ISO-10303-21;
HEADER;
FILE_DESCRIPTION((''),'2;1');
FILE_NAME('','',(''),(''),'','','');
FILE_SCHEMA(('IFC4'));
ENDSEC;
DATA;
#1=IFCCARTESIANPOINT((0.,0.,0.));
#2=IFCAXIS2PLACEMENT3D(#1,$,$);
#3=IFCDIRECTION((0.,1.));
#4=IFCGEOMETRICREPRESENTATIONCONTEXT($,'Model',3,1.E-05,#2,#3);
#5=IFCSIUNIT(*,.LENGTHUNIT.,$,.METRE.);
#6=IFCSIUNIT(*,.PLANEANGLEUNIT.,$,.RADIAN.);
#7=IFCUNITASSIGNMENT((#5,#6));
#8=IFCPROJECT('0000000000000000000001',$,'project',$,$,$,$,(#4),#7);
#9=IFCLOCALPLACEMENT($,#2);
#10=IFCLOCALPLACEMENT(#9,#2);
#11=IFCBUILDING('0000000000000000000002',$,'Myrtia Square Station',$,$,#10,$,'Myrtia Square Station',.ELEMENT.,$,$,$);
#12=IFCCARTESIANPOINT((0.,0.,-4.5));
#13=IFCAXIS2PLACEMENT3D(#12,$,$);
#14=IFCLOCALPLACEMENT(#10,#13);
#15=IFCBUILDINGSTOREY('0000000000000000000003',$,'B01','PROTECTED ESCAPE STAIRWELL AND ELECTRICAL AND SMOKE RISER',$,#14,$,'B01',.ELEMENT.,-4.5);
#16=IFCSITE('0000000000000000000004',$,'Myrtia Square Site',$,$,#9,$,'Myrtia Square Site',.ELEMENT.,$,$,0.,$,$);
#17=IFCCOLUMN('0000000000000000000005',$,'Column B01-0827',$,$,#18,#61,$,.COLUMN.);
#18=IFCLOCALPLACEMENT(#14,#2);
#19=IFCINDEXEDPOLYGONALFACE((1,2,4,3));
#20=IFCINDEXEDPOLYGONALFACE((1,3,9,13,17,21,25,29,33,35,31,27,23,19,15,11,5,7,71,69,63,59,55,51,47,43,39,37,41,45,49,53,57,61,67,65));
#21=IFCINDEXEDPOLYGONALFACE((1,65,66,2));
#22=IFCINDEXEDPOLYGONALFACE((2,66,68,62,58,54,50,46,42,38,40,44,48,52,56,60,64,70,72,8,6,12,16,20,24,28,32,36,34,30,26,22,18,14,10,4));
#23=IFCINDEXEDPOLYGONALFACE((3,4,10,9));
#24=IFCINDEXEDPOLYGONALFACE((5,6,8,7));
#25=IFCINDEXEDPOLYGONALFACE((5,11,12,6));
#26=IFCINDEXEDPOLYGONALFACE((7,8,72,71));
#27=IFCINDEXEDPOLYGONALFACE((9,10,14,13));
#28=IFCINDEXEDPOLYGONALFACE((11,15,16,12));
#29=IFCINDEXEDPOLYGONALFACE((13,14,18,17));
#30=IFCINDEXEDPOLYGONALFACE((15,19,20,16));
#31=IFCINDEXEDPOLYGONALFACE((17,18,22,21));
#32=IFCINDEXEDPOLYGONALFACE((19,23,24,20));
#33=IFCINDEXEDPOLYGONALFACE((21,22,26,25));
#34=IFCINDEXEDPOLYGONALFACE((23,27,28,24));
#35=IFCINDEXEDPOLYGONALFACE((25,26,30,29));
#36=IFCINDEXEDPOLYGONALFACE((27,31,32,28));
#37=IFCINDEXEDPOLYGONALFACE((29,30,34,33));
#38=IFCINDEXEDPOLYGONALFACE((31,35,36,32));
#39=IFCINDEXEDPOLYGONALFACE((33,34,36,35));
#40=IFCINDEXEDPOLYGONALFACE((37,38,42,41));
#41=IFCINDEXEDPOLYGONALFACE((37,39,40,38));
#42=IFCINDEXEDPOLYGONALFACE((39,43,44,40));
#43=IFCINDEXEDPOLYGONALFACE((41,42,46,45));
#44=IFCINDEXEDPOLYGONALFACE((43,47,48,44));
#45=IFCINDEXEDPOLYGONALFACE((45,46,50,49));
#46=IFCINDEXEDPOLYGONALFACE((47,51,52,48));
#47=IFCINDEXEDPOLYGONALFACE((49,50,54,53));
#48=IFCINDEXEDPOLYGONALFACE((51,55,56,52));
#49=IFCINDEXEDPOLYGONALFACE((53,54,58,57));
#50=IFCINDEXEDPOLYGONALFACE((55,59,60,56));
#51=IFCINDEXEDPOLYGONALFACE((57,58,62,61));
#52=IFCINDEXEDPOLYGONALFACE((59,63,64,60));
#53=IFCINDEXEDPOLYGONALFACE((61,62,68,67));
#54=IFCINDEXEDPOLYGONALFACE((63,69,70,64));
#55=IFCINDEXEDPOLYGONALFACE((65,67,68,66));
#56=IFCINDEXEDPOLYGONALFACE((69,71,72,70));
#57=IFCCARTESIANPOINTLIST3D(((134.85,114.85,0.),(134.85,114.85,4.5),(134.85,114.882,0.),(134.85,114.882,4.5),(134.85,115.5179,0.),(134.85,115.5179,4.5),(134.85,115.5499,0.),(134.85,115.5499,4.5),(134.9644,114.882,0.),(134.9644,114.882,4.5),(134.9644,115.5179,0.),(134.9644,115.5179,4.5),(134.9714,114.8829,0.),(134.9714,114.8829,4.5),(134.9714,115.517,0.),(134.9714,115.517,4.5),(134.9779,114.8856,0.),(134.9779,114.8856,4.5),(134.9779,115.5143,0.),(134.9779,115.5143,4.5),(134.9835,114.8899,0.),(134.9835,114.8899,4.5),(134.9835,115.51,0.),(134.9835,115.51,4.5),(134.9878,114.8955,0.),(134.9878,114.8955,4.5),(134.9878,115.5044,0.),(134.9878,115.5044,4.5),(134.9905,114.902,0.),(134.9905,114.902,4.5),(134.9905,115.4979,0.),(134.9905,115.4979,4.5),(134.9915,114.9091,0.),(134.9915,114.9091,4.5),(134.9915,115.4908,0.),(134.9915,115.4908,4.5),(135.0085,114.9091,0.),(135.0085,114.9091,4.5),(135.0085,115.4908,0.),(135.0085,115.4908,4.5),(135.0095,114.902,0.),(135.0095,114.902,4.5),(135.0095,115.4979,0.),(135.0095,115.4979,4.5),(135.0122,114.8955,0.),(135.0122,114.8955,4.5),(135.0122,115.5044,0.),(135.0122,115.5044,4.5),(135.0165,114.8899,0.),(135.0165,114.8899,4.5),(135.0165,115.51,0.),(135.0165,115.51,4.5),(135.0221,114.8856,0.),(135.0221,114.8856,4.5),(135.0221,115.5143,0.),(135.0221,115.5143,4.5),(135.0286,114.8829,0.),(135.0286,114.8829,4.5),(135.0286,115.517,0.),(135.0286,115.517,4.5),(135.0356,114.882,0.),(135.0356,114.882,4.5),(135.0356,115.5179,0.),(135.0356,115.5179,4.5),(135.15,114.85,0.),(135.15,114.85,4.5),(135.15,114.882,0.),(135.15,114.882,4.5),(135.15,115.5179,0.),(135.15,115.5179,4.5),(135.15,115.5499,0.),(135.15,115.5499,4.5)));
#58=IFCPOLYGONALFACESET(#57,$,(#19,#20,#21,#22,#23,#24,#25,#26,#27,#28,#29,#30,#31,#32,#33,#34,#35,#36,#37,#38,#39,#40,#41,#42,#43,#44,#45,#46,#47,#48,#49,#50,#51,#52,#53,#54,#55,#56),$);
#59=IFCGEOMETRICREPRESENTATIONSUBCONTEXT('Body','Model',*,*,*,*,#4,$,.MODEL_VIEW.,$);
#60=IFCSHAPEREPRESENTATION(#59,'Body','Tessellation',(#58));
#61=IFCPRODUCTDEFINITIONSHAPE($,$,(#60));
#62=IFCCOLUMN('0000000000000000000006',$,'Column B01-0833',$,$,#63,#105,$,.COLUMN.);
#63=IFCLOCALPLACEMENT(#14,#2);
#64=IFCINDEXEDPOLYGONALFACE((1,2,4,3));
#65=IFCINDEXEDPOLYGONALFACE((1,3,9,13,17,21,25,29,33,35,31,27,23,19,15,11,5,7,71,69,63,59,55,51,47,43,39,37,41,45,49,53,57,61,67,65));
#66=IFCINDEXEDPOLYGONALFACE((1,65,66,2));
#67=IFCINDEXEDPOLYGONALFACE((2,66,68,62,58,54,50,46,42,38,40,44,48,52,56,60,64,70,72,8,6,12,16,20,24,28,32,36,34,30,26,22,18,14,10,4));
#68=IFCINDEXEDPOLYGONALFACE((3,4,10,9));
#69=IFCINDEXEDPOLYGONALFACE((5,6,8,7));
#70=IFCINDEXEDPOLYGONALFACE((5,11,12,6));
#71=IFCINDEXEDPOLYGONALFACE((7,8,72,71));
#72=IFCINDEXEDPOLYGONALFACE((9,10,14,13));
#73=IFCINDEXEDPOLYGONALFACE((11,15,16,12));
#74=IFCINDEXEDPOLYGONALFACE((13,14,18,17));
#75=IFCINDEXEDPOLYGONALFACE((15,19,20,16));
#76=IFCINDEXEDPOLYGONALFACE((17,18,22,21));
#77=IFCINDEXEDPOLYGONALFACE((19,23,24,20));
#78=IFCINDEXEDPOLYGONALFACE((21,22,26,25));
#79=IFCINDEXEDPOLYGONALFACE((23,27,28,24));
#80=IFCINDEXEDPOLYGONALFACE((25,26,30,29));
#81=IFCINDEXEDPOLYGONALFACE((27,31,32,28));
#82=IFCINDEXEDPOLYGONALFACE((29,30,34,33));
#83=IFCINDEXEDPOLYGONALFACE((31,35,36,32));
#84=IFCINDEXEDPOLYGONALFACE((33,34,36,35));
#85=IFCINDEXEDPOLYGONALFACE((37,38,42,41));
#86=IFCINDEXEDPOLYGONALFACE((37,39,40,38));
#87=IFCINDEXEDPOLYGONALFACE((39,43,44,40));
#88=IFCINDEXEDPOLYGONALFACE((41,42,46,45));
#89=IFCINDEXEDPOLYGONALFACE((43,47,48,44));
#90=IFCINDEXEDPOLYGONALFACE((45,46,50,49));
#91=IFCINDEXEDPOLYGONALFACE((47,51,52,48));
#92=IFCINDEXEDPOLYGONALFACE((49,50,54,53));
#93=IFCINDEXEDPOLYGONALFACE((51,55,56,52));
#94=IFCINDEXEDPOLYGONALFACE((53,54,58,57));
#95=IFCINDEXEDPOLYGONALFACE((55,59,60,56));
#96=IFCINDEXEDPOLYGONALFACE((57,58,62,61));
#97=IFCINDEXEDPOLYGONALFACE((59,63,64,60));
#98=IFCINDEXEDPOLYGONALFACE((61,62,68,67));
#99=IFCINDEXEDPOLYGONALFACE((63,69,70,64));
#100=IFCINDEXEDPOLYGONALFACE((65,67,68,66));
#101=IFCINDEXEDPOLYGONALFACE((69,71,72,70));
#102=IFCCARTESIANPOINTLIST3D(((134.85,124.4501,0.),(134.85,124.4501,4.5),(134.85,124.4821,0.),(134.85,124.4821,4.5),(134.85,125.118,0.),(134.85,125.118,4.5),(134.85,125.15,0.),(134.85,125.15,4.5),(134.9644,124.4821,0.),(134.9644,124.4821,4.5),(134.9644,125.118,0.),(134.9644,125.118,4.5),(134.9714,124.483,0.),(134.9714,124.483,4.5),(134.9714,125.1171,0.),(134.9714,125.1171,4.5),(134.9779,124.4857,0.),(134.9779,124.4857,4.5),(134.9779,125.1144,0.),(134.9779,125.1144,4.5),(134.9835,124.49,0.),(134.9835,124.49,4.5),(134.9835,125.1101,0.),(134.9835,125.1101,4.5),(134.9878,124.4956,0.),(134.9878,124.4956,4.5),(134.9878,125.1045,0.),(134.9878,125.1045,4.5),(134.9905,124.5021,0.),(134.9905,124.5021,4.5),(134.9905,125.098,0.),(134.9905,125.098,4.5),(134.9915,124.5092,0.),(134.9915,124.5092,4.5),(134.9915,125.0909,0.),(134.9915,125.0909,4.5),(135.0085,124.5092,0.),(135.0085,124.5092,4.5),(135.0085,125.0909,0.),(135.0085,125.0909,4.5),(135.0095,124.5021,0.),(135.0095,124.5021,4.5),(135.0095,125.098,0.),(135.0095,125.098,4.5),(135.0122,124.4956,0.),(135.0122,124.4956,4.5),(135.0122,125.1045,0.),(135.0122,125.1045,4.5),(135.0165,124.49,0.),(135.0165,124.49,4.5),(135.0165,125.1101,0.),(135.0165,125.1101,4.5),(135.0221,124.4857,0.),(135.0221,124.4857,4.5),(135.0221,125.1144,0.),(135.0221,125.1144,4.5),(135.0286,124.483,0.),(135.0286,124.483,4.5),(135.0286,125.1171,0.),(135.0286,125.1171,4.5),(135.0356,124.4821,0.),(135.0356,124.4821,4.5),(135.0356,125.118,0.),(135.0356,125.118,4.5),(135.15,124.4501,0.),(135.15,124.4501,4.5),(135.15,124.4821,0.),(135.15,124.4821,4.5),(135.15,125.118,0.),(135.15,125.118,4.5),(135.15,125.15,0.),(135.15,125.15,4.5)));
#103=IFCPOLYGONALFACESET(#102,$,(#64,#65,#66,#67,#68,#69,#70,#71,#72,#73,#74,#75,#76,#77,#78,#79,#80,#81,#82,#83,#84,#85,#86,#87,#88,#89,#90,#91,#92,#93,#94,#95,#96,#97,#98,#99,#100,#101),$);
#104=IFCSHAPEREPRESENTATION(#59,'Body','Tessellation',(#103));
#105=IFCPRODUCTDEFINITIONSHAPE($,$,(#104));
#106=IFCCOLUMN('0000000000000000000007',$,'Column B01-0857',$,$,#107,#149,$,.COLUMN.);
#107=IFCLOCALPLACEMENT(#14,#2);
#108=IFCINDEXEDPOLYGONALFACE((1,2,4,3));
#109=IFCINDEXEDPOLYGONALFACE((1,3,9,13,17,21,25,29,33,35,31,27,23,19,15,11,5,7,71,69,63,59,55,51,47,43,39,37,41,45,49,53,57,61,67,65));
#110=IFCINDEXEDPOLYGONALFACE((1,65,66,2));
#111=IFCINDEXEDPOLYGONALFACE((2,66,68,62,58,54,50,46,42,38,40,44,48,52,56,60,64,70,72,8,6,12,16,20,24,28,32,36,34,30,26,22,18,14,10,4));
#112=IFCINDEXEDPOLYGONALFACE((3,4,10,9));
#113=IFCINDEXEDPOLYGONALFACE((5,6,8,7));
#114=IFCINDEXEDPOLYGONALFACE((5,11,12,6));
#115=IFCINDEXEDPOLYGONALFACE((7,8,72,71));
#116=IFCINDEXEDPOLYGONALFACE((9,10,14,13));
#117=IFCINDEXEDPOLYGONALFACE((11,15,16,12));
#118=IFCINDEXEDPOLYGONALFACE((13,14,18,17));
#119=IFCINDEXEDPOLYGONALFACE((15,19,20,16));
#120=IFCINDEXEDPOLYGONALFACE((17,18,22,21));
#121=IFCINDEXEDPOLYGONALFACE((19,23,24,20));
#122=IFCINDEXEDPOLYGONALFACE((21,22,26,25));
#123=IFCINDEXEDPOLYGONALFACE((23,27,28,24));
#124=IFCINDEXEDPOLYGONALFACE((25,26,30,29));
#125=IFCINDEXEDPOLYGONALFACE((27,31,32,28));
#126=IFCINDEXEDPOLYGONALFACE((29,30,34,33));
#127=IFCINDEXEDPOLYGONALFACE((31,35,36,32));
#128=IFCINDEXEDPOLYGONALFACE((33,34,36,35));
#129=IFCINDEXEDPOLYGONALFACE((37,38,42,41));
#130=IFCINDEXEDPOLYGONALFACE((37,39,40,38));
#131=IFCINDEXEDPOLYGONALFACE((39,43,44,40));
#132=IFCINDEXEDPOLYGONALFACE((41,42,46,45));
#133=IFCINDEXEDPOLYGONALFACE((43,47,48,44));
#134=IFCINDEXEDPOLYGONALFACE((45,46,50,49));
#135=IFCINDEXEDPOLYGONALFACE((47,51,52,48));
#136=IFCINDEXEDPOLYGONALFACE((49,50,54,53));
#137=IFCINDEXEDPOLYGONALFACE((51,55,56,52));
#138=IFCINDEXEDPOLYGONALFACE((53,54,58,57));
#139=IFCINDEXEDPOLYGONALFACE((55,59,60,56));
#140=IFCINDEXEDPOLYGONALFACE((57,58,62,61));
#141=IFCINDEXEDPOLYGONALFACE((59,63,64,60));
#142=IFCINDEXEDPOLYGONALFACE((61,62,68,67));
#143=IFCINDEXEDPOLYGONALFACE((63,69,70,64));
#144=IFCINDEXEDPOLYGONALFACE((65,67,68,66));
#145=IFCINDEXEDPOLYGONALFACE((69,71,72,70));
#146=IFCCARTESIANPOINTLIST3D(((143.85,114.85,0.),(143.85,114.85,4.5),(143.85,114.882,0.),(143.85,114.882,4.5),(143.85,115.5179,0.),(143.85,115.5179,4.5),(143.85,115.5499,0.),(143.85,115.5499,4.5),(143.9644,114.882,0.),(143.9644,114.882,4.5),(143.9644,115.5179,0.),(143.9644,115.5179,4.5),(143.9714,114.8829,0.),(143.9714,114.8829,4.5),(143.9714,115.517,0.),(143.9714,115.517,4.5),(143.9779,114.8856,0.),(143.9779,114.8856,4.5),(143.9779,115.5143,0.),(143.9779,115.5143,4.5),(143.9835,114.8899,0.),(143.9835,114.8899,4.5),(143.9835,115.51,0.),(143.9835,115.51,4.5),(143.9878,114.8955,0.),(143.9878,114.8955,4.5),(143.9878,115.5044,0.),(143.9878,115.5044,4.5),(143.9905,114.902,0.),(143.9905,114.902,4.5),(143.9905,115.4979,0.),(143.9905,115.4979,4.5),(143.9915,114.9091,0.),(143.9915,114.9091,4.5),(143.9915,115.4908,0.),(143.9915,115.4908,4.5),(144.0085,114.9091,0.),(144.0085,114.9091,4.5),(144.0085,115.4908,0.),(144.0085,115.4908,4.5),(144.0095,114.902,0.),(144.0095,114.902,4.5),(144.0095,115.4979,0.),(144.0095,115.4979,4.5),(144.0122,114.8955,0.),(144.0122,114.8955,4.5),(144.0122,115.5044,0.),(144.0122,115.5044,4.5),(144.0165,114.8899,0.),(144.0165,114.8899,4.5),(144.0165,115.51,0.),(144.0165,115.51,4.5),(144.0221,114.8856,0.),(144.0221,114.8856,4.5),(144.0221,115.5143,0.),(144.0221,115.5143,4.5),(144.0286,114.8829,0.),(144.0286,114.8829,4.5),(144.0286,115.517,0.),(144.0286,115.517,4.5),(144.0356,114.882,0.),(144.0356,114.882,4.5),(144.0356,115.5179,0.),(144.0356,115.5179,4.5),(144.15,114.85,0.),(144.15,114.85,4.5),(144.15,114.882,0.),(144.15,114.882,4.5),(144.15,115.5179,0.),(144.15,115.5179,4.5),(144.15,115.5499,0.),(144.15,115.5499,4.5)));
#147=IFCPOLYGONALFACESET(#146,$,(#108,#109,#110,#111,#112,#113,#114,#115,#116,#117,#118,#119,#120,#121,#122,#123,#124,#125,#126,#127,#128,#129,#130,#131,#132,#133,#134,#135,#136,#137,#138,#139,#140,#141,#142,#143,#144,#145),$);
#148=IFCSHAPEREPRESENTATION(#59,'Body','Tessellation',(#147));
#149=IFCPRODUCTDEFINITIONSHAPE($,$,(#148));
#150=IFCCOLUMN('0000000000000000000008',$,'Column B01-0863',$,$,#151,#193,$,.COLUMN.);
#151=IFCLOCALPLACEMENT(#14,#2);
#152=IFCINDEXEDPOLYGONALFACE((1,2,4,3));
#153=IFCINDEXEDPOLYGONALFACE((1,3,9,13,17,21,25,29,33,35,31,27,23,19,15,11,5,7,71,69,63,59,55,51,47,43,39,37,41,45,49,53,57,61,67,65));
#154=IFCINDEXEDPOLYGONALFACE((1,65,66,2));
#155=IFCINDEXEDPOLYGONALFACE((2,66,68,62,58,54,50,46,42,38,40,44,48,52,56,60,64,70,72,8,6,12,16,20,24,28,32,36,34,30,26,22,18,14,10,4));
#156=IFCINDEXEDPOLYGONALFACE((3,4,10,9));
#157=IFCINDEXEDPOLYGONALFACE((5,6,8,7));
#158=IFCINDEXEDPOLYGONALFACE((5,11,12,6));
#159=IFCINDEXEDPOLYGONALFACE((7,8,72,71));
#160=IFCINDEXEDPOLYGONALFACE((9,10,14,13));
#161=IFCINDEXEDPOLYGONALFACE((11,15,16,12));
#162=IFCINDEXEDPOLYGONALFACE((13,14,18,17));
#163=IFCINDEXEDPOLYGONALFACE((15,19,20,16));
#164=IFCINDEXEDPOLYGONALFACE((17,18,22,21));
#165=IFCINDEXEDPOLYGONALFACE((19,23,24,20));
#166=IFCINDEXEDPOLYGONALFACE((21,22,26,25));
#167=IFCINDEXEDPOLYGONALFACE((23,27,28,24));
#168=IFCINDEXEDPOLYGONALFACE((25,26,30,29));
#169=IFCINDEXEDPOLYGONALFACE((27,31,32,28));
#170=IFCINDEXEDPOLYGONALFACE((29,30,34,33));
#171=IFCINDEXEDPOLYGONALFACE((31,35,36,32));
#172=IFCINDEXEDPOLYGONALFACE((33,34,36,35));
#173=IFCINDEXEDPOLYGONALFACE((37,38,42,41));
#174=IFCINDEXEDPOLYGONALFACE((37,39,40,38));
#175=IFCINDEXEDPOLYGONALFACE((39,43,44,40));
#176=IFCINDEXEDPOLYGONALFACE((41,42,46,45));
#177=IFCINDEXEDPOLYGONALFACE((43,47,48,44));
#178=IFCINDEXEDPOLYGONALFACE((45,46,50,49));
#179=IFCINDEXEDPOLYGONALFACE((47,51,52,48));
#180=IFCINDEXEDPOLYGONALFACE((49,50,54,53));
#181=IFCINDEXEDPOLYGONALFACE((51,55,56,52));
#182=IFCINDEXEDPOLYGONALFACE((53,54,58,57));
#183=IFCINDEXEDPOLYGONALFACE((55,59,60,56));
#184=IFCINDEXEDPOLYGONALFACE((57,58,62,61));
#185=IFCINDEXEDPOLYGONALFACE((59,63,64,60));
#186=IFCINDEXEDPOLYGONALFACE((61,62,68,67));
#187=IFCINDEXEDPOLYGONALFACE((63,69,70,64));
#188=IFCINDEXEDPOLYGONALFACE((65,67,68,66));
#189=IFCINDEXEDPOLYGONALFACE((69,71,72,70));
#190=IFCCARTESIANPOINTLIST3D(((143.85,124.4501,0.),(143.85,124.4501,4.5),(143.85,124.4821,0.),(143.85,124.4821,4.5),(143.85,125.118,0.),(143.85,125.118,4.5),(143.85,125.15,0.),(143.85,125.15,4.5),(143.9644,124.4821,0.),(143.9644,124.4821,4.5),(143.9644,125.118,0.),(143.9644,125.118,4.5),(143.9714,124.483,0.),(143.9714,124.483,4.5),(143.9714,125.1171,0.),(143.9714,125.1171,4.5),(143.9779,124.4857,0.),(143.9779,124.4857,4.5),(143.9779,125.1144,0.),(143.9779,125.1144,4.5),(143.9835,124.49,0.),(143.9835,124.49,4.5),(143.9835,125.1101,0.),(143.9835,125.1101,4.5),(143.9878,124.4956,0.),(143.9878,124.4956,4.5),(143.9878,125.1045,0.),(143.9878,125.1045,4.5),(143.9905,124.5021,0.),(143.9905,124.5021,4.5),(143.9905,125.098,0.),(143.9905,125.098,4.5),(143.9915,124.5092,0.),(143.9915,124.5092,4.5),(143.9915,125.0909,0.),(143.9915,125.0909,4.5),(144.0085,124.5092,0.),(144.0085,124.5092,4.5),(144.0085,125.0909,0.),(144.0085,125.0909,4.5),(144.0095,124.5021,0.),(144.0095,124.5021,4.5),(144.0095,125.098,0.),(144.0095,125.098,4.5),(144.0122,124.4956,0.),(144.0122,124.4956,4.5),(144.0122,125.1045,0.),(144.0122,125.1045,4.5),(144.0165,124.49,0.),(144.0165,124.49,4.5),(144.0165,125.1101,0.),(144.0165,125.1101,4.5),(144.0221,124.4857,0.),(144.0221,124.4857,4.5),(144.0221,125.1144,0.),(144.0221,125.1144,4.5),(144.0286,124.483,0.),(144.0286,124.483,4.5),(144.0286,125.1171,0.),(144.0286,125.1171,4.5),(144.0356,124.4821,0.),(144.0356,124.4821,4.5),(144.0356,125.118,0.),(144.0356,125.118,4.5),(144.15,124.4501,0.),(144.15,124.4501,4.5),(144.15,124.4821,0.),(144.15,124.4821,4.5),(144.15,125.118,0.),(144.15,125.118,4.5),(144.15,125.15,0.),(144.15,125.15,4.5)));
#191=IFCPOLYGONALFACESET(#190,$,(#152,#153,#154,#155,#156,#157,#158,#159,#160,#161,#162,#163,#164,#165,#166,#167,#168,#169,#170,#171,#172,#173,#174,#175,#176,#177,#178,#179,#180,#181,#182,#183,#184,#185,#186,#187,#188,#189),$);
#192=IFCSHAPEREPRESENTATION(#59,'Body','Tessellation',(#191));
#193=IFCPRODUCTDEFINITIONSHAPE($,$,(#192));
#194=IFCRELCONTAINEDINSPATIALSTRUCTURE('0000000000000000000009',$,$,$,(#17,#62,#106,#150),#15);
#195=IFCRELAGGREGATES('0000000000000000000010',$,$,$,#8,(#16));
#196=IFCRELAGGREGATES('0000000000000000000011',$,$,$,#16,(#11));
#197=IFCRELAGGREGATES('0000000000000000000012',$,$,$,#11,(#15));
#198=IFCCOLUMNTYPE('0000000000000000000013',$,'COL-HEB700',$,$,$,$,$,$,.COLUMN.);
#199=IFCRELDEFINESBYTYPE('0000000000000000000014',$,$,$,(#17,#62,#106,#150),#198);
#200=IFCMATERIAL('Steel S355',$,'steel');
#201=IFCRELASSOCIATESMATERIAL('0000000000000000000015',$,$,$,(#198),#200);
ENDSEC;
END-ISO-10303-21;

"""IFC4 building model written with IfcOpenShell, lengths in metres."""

from ifc_helpers import new_model, si_unit, direction, frame, origin, origin_2d, place, context, subcontext, project, spatial, i_section, extrude, material, material_profile, profile_set, type_object, element, save


model = new_model("IFC4")

# Units and contexts
model_context = context("Model", 3, precision=1e-05, world=origin(), true_north=direction((0.0, 1.0)))
body_context = subcontext(model_context, "Body", "Model", "MODEL_VIEW")
ifc_project = project(units=[si_unit("LENGTHUNIT", "METRE"), si_unit("PLANEANGLEUNIT", "RADIAN")], contexts=[model_context])

# Site, building, storey
site_placement = place(None, origin())
site = spatial("IfcSite", under=ifc_project, at=site_placement, Name="Myrtia Square Site", LongName="Myrtia Square Site", CompositionType="ELEMENT", RefElevation=0.0)
building_placement = place(site_placement, origin())
building = spatial("IfcBuilding", under=site, at=building_placement, Name="Myrtia Square Station", LongName="Myrtia Square Station", CompositionType="ELEMENT")
storey_placement = place(building_placement, frame((0.0, 0.0, -4.5)))
storey = spatial("IfcBuildingStorey", under=building, at=storey_placement, Name="B01", Description="PROTECTED ESCAPE STAIRWELL AND ELECTRICAL AND SMOKE RISER", LongName="B01", CompositionType="ELEMENT", Elevation=-4.5)

# Columns
ifc_material_1 = material(Name="Steel S355", Category="steel")
ifc_material_profile_1 = material_profile(ifc_material_1, i_section(OverallWidth=0.3, OverallDepth=0.7, WebThickness=0.0171, FlangeThickness=0.032, FilletRadius=0.0271, at=origin_2d()), Name="HEB 700")
ifc_profile_set_1 = profile_set([ifc_material_profile_1], Name="Steel S355")
column_type = type_object("IfcColumnType", Name="COL-HEB700", PredefinedType="COLUMN", material=ifc_profile_set_1)
for number, where, z_axis, x_axis, name in (
    (1, (135.0, 115.2, 0.0), (0.0, 0.0, 1.0), (1.0, 0.0, 0.0), "Column B01-0827"),
    (2, (135.0, 124.8, 0.0), (0.0, 0.0, 1.0), (1.0, 0.0, 0.0), "Column B01-0833"),
    (3, (144.0, 115.2, 0.0), (0.0, 0.0, 1.0), (1.0, 0.0, 0.0), "Column B01-0857"),
    (4, (144.0, 124.8, 0.0), (0.0, 0.0, 1.0), (1.0, 0.0, 0.0), "Column B01-0863"),
):
    element("IfcColumn", number, at=place(storey_placement, frame(where, z_axis=z_axis, x_axis=x_axis)), inside=storey, type_object=column_type, Name=name, PredefinedType="COLUMN", context=body_context, shape_type="SweptSolid", body=[
        extrude(i_section(OverallWidth=0.3, OverallDepth=0.7, WebThickness=0.0171, FlangeThickness=0.032, FilletRadius=0.0271, at=origin_2d()), origin(), (0.0, 0.0, 1.0), 4.5),
    ])

save(model, "model.ifc")
